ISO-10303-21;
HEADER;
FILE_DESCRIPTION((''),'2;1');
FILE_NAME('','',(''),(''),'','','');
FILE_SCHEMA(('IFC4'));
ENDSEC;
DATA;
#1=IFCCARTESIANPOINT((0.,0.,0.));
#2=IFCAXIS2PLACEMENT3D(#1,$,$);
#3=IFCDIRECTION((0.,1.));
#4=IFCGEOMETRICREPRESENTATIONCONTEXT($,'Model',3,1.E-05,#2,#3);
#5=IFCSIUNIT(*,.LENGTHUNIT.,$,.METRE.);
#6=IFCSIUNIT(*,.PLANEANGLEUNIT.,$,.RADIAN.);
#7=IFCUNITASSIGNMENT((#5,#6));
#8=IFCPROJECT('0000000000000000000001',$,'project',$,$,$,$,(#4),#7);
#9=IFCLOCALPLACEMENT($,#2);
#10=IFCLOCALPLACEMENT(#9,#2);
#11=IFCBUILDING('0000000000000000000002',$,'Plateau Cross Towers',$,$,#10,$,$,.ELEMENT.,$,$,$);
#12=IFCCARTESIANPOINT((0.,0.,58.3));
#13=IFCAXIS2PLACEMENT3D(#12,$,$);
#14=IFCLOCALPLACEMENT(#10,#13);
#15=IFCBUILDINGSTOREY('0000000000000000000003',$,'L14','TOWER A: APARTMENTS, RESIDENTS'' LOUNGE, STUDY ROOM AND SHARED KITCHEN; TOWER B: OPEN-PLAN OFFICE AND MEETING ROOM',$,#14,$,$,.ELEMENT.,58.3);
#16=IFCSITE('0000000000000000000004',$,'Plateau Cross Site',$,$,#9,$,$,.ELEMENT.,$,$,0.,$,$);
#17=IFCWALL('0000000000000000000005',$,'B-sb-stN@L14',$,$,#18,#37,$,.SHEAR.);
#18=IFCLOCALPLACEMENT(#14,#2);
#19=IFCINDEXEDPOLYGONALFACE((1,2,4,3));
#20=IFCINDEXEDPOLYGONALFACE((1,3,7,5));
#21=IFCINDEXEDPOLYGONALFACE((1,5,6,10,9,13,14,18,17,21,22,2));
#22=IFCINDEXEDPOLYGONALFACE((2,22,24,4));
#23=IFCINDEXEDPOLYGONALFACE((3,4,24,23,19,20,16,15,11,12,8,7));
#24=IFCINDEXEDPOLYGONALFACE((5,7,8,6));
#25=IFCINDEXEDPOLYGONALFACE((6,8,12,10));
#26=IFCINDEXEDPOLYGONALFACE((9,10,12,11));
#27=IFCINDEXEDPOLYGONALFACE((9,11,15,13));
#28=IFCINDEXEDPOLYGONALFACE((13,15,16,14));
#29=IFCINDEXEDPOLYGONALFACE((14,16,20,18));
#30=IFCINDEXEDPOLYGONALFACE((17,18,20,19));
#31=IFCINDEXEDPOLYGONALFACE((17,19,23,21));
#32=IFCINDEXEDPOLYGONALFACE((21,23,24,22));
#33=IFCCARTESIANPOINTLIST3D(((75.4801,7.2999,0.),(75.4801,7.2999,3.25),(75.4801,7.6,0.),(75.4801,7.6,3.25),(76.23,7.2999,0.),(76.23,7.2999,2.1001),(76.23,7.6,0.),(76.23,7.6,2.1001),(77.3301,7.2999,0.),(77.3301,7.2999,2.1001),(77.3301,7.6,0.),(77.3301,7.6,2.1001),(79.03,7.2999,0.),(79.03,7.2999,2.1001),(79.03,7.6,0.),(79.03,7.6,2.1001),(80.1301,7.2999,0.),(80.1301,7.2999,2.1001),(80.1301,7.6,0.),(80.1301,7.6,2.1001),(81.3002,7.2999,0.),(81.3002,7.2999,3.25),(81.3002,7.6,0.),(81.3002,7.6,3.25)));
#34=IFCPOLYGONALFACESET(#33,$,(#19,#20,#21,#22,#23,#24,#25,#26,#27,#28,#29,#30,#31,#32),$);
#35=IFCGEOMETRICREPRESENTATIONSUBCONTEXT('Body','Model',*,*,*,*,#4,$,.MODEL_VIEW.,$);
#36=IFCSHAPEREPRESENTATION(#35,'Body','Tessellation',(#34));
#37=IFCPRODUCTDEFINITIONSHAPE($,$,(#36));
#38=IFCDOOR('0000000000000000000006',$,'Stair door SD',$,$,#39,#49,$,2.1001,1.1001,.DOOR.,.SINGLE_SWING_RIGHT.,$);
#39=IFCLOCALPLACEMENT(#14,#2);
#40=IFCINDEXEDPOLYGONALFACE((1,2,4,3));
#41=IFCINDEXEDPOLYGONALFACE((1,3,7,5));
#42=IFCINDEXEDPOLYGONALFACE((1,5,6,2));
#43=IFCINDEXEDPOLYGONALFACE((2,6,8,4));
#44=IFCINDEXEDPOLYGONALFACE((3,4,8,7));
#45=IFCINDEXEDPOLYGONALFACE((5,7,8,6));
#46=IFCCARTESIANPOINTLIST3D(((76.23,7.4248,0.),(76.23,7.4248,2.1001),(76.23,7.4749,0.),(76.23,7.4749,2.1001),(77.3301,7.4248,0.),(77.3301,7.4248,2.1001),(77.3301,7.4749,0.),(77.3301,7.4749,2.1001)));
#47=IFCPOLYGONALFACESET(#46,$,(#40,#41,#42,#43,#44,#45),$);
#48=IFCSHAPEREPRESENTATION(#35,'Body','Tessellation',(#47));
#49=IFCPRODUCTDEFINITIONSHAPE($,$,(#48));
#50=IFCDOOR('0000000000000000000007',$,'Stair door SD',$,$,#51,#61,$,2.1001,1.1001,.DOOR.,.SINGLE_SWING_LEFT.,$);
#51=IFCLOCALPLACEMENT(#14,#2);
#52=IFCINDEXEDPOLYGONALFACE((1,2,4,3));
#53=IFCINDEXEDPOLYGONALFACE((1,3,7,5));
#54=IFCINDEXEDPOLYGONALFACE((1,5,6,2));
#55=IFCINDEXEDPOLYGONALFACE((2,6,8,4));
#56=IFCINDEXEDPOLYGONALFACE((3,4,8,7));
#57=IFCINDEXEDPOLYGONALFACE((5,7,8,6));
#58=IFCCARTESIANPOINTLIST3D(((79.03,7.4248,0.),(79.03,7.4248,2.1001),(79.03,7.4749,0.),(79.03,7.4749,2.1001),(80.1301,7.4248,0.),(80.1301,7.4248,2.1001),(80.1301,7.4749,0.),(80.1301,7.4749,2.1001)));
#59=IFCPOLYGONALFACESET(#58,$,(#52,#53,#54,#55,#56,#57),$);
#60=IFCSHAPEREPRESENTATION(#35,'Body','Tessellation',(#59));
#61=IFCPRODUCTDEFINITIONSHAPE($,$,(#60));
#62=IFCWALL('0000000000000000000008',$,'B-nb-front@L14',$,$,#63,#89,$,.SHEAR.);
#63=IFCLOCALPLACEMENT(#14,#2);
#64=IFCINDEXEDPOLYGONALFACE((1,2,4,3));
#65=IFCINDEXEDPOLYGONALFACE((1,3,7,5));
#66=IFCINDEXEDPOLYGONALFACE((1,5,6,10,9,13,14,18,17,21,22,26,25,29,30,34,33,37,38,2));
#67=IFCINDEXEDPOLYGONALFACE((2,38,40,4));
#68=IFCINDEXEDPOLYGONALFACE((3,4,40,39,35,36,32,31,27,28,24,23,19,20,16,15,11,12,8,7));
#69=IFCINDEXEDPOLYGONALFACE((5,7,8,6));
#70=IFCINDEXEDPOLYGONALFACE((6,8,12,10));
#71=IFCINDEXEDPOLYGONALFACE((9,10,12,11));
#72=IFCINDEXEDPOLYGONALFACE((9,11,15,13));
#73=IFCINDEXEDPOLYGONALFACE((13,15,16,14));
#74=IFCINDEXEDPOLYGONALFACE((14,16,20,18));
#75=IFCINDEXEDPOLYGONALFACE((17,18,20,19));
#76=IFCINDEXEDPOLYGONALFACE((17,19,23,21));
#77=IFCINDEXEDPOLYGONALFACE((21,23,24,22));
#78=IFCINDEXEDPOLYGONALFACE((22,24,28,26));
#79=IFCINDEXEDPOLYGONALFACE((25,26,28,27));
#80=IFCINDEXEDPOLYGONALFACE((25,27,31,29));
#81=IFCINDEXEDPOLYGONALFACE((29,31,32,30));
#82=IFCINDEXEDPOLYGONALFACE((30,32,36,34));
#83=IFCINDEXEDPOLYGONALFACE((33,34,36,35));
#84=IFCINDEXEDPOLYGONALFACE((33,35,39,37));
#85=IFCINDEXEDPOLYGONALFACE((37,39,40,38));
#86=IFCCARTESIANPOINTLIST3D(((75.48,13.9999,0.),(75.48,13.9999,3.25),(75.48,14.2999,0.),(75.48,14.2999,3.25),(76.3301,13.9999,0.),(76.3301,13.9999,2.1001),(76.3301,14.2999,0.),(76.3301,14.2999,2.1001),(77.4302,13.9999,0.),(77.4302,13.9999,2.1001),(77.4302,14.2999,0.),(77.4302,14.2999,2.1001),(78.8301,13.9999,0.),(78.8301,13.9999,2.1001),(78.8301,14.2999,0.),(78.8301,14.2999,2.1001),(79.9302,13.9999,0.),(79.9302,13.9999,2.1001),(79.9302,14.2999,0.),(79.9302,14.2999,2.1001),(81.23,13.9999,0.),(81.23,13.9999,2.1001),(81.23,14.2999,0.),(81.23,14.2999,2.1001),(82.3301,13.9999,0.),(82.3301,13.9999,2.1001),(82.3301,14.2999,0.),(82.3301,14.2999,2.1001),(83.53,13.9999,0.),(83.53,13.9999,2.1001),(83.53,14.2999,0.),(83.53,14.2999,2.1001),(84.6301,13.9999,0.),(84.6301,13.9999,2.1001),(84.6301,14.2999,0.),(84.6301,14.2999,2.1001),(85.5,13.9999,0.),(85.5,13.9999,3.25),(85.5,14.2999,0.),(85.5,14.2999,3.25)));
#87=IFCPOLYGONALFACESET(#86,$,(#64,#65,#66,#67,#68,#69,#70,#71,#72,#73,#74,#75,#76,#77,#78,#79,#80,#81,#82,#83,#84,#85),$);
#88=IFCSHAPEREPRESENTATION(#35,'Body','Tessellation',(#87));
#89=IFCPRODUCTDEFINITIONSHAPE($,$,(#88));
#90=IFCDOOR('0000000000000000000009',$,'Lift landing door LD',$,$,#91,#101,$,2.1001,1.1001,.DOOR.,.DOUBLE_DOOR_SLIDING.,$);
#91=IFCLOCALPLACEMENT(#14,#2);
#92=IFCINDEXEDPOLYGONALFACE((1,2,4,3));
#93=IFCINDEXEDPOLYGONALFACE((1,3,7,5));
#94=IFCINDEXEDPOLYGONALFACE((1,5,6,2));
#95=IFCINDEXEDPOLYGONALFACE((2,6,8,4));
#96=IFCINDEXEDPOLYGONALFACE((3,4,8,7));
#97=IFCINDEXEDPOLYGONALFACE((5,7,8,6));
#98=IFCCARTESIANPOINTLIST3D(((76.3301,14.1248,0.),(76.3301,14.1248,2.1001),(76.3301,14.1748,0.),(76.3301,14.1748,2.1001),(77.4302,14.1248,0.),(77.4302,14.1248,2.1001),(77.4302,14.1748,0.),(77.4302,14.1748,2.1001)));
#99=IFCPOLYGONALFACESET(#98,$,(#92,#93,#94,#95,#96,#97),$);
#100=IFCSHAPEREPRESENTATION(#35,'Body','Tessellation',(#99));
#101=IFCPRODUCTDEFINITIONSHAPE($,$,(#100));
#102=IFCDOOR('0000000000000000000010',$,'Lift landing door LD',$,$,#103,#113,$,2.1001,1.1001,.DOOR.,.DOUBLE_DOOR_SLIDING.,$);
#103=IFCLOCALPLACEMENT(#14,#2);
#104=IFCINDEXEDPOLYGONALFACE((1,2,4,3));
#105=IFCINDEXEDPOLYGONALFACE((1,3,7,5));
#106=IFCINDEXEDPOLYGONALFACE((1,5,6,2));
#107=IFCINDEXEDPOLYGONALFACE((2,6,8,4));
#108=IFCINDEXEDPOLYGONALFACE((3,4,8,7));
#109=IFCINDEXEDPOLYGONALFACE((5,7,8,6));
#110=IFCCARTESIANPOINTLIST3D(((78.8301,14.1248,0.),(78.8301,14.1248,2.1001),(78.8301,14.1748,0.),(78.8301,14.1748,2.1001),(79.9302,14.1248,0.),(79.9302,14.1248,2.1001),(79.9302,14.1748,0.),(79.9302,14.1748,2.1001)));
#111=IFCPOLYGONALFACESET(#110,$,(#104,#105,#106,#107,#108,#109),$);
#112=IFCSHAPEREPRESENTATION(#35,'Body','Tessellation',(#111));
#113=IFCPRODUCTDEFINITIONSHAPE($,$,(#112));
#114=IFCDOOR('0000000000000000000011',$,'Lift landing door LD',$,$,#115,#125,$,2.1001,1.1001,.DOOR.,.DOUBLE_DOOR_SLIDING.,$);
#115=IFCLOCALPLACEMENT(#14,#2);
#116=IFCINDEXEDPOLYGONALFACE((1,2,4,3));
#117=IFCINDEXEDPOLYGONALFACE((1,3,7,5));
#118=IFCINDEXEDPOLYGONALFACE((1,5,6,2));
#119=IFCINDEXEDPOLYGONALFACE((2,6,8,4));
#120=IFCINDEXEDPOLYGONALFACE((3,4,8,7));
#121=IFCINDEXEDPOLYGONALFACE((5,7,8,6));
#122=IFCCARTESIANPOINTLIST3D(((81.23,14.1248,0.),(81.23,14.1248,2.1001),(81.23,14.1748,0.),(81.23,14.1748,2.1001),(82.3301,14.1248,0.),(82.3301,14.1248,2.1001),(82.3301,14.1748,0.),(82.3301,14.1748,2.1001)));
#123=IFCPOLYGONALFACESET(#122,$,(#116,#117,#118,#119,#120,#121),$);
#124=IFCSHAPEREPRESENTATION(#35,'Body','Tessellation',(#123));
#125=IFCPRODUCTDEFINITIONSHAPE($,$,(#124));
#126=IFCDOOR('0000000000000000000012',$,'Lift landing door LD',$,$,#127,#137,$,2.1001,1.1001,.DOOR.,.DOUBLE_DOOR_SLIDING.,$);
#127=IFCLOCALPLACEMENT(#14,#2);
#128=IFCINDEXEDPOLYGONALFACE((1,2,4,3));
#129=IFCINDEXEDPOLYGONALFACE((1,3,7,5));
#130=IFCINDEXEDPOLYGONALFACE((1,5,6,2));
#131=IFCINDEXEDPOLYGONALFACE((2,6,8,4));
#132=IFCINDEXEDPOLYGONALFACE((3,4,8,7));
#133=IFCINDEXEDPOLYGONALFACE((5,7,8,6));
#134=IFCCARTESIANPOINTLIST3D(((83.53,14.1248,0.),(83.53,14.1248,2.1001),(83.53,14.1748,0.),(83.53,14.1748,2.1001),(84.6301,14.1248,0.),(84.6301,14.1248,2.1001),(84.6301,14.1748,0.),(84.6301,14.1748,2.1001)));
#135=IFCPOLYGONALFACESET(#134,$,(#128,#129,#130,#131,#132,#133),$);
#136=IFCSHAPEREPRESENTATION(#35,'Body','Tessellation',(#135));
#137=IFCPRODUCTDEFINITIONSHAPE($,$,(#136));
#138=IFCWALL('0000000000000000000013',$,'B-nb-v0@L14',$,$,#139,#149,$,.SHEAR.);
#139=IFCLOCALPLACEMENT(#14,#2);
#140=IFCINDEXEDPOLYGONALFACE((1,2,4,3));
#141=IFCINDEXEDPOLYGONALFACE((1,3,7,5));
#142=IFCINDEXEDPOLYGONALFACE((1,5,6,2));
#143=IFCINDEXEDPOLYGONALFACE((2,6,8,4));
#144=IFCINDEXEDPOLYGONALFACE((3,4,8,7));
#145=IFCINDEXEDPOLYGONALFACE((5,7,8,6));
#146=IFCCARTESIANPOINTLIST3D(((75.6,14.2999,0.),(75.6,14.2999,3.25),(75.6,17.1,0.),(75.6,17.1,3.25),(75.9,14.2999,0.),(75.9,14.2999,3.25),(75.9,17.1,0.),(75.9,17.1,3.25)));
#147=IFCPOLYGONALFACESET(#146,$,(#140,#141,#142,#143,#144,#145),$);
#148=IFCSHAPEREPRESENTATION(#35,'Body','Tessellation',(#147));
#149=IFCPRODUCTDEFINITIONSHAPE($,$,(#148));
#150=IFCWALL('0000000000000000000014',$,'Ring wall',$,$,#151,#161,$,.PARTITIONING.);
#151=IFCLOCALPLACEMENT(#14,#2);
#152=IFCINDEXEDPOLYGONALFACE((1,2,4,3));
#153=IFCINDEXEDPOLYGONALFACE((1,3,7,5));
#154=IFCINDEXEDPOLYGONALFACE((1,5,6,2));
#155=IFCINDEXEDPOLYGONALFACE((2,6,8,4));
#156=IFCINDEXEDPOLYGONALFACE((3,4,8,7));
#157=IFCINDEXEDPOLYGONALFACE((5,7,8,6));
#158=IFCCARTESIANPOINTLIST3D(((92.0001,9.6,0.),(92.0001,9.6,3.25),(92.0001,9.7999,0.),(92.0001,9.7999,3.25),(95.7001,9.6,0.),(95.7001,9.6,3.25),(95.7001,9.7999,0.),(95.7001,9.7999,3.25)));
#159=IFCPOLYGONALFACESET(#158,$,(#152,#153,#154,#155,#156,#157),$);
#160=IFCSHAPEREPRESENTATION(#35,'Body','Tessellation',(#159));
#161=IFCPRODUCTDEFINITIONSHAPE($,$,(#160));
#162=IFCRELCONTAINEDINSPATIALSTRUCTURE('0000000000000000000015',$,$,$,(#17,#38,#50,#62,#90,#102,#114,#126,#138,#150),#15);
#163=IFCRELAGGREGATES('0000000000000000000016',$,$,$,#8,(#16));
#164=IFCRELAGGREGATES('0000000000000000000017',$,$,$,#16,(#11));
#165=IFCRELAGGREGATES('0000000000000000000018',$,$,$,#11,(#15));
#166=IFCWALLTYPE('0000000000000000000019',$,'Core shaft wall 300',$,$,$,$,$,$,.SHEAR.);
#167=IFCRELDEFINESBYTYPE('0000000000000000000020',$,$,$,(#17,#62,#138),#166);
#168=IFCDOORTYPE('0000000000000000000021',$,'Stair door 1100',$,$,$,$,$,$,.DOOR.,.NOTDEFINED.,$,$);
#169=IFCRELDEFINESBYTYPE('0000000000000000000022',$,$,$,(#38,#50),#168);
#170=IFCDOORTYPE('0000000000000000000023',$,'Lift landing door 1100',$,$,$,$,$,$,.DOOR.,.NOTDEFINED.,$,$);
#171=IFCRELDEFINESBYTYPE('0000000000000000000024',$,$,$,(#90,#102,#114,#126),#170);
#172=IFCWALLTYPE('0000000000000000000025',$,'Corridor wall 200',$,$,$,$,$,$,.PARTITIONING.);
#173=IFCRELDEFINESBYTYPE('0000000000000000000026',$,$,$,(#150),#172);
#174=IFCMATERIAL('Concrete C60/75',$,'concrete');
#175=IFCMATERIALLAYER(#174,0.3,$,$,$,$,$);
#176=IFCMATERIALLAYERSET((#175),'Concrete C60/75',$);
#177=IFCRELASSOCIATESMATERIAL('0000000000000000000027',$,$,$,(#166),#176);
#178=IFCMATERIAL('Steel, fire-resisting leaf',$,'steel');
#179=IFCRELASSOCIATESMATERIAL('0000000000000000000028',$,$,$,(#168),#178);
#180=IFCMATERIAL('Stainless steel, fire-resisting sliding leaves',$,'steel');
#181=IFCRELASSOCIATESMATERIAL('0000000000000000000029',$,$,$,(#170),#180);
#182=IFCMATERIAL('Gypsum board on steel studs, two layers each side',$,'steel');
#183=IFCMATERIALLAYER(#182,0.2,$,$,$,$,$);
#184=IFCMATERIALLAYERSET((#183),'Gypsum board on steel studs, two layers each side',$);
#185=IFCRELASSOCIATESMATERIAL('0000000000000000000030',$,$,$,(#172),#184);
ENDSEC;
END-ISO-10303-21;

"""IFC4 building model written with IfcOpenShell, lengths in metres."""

from ifc_helpers import new_model, si_unit, direction, frame, frame_2d, origin, place, context, subcontext, project, spatial, rectangle, extrude, material, layer, layer_set, type_object, element, fill, save


model = new_model("IFC4")

# Units and contexts
model_context = context("Model", 3, precision=1e-05, world=origin(), true_north=direction((0.0, 1.0)))
body_context = subcontext(model_context, "Body", "Model", "MODEL_VIEW")
ifc_project = project(units=[si_unit("LENGTHUNIT", "METRE"), si_unit("PLANEANGLEUNIT", "RADIAN")], contexts=[model_context])

# Site, building, storey
site_placement = place(None, origin())
site = spatial("IfcSite", under=ifc_project, at=site_placement, Name="Plateau Cross Site", CompositionType="ELEMENT", RefElevation=0.0)
building_placement = place(site_placement, origin())
building = spatial("IfcBuilding", under=site, at=building_placement, Name="Plateau Cross Towers", CompositionType="ELEMENT")
storey_placement = place(building_placement, frame((0.0, 0.0, 58.3)))
storey = spatial("IfcBuildingStorey", under=building, at=storey_placement, Name="L14", Description="TOWER A: APARTMENTS, RESIDENTS' LOUNGE, STUDY ROOM AND SHARED KITCHEN; TOWER B: OPEN-PLAN OFFICE AND MEETING ROOM", CompositionType="ELEMENT", Elevation=58.3)

# Shared definitions
ifc_material_1 = material(Name="Concrete C60/75", Category="concrete")

# Shared definitions
ifc_material_2 = material(Name="Steel, fire-resisting leaf", Category="steel")

# Walls, openings, doors
ifc_layer_1 = layer(ifc_material_1, 0.3)
ifc_layer_set_1 = layer_set([ifc_layer_1], Name="Concrete C60/75")
wall_type_1 = type_object("IfcWallType", Name="Core shaft wall 300", PredefinedType="SHEAR", material=ifc_layer_set_1)
wall_1_placement = place(storey_placement, frame((75.48, 7.45, 0.0), z_axis=(0.0, 0.0, 1.0), x_axis=(1.0, 0.0, 0.0)))
wall_1 = element("IfcWall", 1, at=wall_1_placement, inside=storey, type_object=wall_type_1, Name="B-sb-stN@L14", PredefinedType="SHEAR", context=body_context, shape_type="SweptSolid", body=[
    extrude(rectangle(XDim=5.8201, YDim=0.3, at=frame_2d((2.9102, 0.0))), origin(), (0.0, 0.0, 1.0), 3.25),
])
opening_1_placement = place(wall_1_placement, frame((0.75, 0.0, 0.0)))
opening_1 = element("IfcOpeningElement", 2, at=opening_1_placement, cuts=wall_1, PredefinedType="OPENING", context=body_context, shape_type="SweptSolid", body=[
    extrude(rectangle(XDim=1.1001, YDim=2.1001, at=frame_2d((0.55, 1.05))), frame((0.0, 0.1599, 0.0), z_axis=(0.0, -1.0, 0.0), x_axis=(1.0, 0.0, 0.0)), (0.0, 0.0, 1.0), 0.3201),
])
opening_2_placement = place(wall_1_placement, frame((3.55, 0.0, 0.0)))
opening_2 = element("IfcOpeningElement", 3, at=opening_2_placement, cuts=wall_1, PredefinedType="OPENING", context=body_context, shape_type="SweptSolid", body=[
    extrude(rectangle(XDim=1.1001, YDim=2.1001, at=frame_2d((0.55, 1.05))), frame((0.0, 0.1599, 0.0), z_axis=(0.0, -1.0, 0.0), x_axis=(1.0, 0.0, 0.0)), (0.0, 0.0, 1.0), 0.3201),
])
door_type_1 = type_object("IfcDoorType", Name="Stair door 1100", OperationType="NOTDEFINED", PredefinedType="DOOR", material=ifc_material_2)
door_1_placement = place(opening_1_placement, origin())
door_1 = element("IfcDoor", 4, at=door_1_placement, inside=storey, type_object=door_type_1, Name="Stair door SD", OperationType="SINGLE_SWING_RIGHT", OverallHeight=2.1001, OverallWidth=1.1001, PredefinedType="DOOR", context=body_context, shape_type="SweptSolid", body=[
    extrude(rectangle(XDim=1.1001, YDim=2.1001, at=frame_2d((0.55, 1.05))), frame((0.0, 0.0249, 0.0), z_axis=(0.0, -1.0, 0.0), x_axis=(1.0, 0.0, 0.0)), (0.0, 0.0, 1.0), 0.05),
])
fill(opening_1, door_1)
door_2_placement = place(opening_2_placement, origin())
door_2 = element("IfcDoor", 5, at=door_2_placement, inside=storey, type_object=door_type_1, Name="Stair door SD", OperationType="SINGLE_SWING_LEFT", OverallHeight=2.1001, OverallWidth=1.1001, PredefinedType="DOOR", context=body_context, shape_type="SweptSolid", body=[
    extrude(rectangle(XDim=1.1001, YDim=2.1001, at=frame_2d((0.55, 1.05))), frame((0.0, 0.0249, 0.0), z_axis=(0.0, -1.0, 0.0), x_axis=(1.0, 0.0, 0.0)), (0.0, 0.0, 1.0), 0.05),
])
fill(opening_2, door_2)
wall_2_placement = place(storey_placement, frame((75.48, 14.1499, 0.0), z_axis=(0.0, 0.0, 1.0), x_axis=(1.0, 0.0, 0.0)))
wall_2 = element("IfcWall", 6, at=wall_2_placement, inside=storey, type_object=wall_type_1, Name="B-nb-front@L14", PredefinedType="SHEAR", context=body_context, shape_type="SweptSolid", body=[
    extrude(rectangle(XDim=10.02, YDim=0.3, at=frame_2d((5.01, 0.0))), origin(), (0.0, 0.0, 1.0), 3.25),
])
opening_3_placement = place(wall_2_placement, frame((0.8501, 0.0, 0.0)))
opening_3 = element("IfcOpeningElement", 7, at=opening_3_placement, cuts=wall_2, PredefinedType="OPENING", context=body_context, shape_type="SweptSolid", body=[
    extrude(rectangle(XDim=1.1001, YDim=2.1001, at=frame_2d((0.55, 1.05))), frame((0.0, 0.1599, 0.0), z_axis=(0.0, -1.0, 0.0), x_axis=(1.0, 0.0, 0.0)), (0.0, 0.0, 1.0), 0.3201),
])
opening_4_placement = place(wall_2_placement, frame((3.3501, 0.0, 0.0)))
opening_4 = element("IfcOpeningElement", 8, at=opening_4_placement, cuts=wall_2, PredefinedType="OPENING", context=body_context, shape_type="SweptSolid", body=[
    extrude(rectangle(XDim=1.1001, YDim=2.1001, at=frame_2d((0.55, 1.05))), frame((0.0, 0.1599, 0.0), z_axis=(0.0, -1.0, 0.0), x_axis=(1.0, 0.0, 0.0)), (0.0, 0.0, 1.0), 0.3201),
])
opening_5_placement = place(wall_2_placement, frame((5.75, 0.0, 0.0)))
opening_5 = element("IfcOpeningElement", 9, at=opening_5_placement, cuts=wall_2, PredefinedType="OPENING", context=body_context, shape_type="SweptSolid", body=[
    extrude(rectangle(XDim=1.1001, YDim=2.1001, at=frame_2d((0.55, 1.05))), frame((0.0, 0.1599, 0.0), z_axis=(0.0, -1.0, 0.0), x_axis=(1.0, 0.0, 0.0)), (0.0, 0.0, 1.0), 0.3201),
])
opening_6_placement = place(wall_2_placement, frame((8.05, 0.0, 0.0)))
opening_6 = element("IfcOpeningElement", 10, at=opening_6_placement, cuts=wall_2, PredefinedType="OPENING", context=body_context, shape_type="SweptSolid", body=[
    extrude(rectangle(XDim=1.1001, YDim=2.1001, at=frame_2d((0.55, 1.05))), frame((0.0, 0.1599, 0.0), z_axis=(0.0, -1.0, 0.0), x_axis=(1.0, 0.0, 0.0)), (0.0, 0.0, 1.0), 0.3201),
])
ifc_material_3 = material(Name="Stainless steel, fire-resisting sliding leaves", Category="steel")
door_type_2 = type_object("IfcDoorType", Name="Lift landing door 1100", OperationType="NOTDEFINED", PredefinedType="DOOR", material=ifc_material_3)
door_3_placement = place(opening_3_placement, origin())
door_3 = element("IfcDoor", 11, at=door_3_placement, inside=storey, type_object=door_type_2, Name="Lift landing door LD", OperationType="DOUBLE_DOOR_SLIDING", OverallHeight=2.1001, OverallWidth=1.1001, PredefinedType="DOOR", context=body_context, shape_type="SweptSolid", body=[
    extrude(rectangle(XDim=1.1001, YDim=2.1001, at=frame_2d((0.55, 1.05))), frame((0.0, 0.0249, 0.0), z_axis=(0.0, -1.0, 0.0), x_axis=(1.0, 0.0, 0.0)), (0.0, 0.0, 1.0), 0.05),
])
fill(opening_3, door_3)
door_4_placement = place(opening_4_placement, origin())
door_4 = element("IfcDoor", 12, at=door_4_placement, inside=storey, type_object=door_type_2, Name="Lift landing door LD", OperationType="DOUBLE_DOOR_SLIDING", OverallHeight=2.1001, OverallWidth=1.1001, PredefinedType="DOOR", context=body_context, shape_type="SweptSolid", body=[
    extrude(rectangle(XDim=1.1001, YDim=2.1001, at=frame_2d((0.55, 1.05))), frame((0.0, 0.0249, 0.0), z_axis=(0.0, -1.0, 0.0), x_axis=(1.0, 0.0, 0.0)), (0.0, 0.0, 1.0), 0.05),
])
fill(opening_4, door_4)
door_5_placement = place(opening_5_placement, origin())
door_5 = element("IfcDoor", 13, at=door_5_placement, inside=storey, type_object=door_type_2, Name="Lift landing door LD", OperationType="DOUBLE_DOOR_SLIDING", OverallHeight=2.1001, OverallWidth=1.1001, PredefinedType="DOOR", context=body_context, shape_type="SweptSolid", body=[
    extrude(rectangle(XDim=1.1001, YDim=2.1001, at=frame_2d((0.55, 1.05))), frame((0.0, 0.0249, 0.0), z_axis=(0.0, -1.0, 0.0), x_axis=(1.0, 0.0, 0.0)), (0.0, 0.0, 1.0), 0.05),
])
fill(opening_5, door_5)
door_6_placement = place(opening_6_placement, origin())
door_6 = element("IfcDoor", 14, at=door_6_placement, inside=storey, type_object=door_type_2, Name="Lift landing door LD", OperationType="DOUBLE_DOOR_SLIDING", OverallHeight=2.1001, OverallWidth=1.1001, PredefinedType="DOOR", context=body_context, shape_type="SweptSolid", body=[
    extrude(rectangle(XDim=1.1001, YDim=2.1001, at=frame_2d((0.55, 1.05))), frame((0.0, 0.0249, 0.0), z_axis=(0.0, -1.0, 0.0), x_axis=(1.0, 0.0, 0.0)), (0.0, 0.0, 1.0), 0.05),
])
fill(opening_6, door_6)

# Wall
wall_3_placement = place(storey_placement, frame((75.75, 14.3, 0.0), z_axis=(0.0, 0.0, 1.0), x_axis=(0.0, 1.0, 0.0)))
element("IfcWall", 15, at=wall_3_placement, inside=storey, type_object=wall_type_1, Name="B-nb-v0@L14", PredefinedType="SHEAR", context=body_context, shape_type="SweptSolid", body=[
    extrude(rectangle(XDim=2.8, YDim=0.3, at=frame_2d((1.3999, 0.0))), origin(), (0.0, 0.0, 1.0), 3.25),
])

# Shared definitions
ifc_material_4 = material(Name="Gypsum board on steel studs, two layers each side", Category="steel")
ifc_layer_2 = layer(ifc_material_4, 0.2)
ifc_layer_set_2 = layer_set([ifc_layer_2], Name="Gypsum board on steel studs, two layers each side")
wall_type_2 = type_object("IfcWallType", Name="Corridor wall 200", PredefinedType="PARTITIONING", material=ifc_layer_set_2)

# Wall
for number, where, z_axis, x_axis, name in (
    (16, (92.0, 9.7, 0.0), (0.0, 0.0, 1.0), (1.0, 0.0, 0.0), "Ring wall"),
):
    element("IfcWall", number, at=place(storey_placement, frame(where, z_axis=z_axis, x_axis=x_axis)), inside=storey, type_object=wall_type_2, Name=name, PredefinedType="PARTITIONING", context=body_context, shape_type="SweptSolid", body=[
        extrude(rectangle(XDim=3.7, YDim=0.2, at=frame_2d((1.8501, 0.0))), origin(), (0.0, 0.0, 1.0), 3.25),
    ])

save(model, "model.ifc")
